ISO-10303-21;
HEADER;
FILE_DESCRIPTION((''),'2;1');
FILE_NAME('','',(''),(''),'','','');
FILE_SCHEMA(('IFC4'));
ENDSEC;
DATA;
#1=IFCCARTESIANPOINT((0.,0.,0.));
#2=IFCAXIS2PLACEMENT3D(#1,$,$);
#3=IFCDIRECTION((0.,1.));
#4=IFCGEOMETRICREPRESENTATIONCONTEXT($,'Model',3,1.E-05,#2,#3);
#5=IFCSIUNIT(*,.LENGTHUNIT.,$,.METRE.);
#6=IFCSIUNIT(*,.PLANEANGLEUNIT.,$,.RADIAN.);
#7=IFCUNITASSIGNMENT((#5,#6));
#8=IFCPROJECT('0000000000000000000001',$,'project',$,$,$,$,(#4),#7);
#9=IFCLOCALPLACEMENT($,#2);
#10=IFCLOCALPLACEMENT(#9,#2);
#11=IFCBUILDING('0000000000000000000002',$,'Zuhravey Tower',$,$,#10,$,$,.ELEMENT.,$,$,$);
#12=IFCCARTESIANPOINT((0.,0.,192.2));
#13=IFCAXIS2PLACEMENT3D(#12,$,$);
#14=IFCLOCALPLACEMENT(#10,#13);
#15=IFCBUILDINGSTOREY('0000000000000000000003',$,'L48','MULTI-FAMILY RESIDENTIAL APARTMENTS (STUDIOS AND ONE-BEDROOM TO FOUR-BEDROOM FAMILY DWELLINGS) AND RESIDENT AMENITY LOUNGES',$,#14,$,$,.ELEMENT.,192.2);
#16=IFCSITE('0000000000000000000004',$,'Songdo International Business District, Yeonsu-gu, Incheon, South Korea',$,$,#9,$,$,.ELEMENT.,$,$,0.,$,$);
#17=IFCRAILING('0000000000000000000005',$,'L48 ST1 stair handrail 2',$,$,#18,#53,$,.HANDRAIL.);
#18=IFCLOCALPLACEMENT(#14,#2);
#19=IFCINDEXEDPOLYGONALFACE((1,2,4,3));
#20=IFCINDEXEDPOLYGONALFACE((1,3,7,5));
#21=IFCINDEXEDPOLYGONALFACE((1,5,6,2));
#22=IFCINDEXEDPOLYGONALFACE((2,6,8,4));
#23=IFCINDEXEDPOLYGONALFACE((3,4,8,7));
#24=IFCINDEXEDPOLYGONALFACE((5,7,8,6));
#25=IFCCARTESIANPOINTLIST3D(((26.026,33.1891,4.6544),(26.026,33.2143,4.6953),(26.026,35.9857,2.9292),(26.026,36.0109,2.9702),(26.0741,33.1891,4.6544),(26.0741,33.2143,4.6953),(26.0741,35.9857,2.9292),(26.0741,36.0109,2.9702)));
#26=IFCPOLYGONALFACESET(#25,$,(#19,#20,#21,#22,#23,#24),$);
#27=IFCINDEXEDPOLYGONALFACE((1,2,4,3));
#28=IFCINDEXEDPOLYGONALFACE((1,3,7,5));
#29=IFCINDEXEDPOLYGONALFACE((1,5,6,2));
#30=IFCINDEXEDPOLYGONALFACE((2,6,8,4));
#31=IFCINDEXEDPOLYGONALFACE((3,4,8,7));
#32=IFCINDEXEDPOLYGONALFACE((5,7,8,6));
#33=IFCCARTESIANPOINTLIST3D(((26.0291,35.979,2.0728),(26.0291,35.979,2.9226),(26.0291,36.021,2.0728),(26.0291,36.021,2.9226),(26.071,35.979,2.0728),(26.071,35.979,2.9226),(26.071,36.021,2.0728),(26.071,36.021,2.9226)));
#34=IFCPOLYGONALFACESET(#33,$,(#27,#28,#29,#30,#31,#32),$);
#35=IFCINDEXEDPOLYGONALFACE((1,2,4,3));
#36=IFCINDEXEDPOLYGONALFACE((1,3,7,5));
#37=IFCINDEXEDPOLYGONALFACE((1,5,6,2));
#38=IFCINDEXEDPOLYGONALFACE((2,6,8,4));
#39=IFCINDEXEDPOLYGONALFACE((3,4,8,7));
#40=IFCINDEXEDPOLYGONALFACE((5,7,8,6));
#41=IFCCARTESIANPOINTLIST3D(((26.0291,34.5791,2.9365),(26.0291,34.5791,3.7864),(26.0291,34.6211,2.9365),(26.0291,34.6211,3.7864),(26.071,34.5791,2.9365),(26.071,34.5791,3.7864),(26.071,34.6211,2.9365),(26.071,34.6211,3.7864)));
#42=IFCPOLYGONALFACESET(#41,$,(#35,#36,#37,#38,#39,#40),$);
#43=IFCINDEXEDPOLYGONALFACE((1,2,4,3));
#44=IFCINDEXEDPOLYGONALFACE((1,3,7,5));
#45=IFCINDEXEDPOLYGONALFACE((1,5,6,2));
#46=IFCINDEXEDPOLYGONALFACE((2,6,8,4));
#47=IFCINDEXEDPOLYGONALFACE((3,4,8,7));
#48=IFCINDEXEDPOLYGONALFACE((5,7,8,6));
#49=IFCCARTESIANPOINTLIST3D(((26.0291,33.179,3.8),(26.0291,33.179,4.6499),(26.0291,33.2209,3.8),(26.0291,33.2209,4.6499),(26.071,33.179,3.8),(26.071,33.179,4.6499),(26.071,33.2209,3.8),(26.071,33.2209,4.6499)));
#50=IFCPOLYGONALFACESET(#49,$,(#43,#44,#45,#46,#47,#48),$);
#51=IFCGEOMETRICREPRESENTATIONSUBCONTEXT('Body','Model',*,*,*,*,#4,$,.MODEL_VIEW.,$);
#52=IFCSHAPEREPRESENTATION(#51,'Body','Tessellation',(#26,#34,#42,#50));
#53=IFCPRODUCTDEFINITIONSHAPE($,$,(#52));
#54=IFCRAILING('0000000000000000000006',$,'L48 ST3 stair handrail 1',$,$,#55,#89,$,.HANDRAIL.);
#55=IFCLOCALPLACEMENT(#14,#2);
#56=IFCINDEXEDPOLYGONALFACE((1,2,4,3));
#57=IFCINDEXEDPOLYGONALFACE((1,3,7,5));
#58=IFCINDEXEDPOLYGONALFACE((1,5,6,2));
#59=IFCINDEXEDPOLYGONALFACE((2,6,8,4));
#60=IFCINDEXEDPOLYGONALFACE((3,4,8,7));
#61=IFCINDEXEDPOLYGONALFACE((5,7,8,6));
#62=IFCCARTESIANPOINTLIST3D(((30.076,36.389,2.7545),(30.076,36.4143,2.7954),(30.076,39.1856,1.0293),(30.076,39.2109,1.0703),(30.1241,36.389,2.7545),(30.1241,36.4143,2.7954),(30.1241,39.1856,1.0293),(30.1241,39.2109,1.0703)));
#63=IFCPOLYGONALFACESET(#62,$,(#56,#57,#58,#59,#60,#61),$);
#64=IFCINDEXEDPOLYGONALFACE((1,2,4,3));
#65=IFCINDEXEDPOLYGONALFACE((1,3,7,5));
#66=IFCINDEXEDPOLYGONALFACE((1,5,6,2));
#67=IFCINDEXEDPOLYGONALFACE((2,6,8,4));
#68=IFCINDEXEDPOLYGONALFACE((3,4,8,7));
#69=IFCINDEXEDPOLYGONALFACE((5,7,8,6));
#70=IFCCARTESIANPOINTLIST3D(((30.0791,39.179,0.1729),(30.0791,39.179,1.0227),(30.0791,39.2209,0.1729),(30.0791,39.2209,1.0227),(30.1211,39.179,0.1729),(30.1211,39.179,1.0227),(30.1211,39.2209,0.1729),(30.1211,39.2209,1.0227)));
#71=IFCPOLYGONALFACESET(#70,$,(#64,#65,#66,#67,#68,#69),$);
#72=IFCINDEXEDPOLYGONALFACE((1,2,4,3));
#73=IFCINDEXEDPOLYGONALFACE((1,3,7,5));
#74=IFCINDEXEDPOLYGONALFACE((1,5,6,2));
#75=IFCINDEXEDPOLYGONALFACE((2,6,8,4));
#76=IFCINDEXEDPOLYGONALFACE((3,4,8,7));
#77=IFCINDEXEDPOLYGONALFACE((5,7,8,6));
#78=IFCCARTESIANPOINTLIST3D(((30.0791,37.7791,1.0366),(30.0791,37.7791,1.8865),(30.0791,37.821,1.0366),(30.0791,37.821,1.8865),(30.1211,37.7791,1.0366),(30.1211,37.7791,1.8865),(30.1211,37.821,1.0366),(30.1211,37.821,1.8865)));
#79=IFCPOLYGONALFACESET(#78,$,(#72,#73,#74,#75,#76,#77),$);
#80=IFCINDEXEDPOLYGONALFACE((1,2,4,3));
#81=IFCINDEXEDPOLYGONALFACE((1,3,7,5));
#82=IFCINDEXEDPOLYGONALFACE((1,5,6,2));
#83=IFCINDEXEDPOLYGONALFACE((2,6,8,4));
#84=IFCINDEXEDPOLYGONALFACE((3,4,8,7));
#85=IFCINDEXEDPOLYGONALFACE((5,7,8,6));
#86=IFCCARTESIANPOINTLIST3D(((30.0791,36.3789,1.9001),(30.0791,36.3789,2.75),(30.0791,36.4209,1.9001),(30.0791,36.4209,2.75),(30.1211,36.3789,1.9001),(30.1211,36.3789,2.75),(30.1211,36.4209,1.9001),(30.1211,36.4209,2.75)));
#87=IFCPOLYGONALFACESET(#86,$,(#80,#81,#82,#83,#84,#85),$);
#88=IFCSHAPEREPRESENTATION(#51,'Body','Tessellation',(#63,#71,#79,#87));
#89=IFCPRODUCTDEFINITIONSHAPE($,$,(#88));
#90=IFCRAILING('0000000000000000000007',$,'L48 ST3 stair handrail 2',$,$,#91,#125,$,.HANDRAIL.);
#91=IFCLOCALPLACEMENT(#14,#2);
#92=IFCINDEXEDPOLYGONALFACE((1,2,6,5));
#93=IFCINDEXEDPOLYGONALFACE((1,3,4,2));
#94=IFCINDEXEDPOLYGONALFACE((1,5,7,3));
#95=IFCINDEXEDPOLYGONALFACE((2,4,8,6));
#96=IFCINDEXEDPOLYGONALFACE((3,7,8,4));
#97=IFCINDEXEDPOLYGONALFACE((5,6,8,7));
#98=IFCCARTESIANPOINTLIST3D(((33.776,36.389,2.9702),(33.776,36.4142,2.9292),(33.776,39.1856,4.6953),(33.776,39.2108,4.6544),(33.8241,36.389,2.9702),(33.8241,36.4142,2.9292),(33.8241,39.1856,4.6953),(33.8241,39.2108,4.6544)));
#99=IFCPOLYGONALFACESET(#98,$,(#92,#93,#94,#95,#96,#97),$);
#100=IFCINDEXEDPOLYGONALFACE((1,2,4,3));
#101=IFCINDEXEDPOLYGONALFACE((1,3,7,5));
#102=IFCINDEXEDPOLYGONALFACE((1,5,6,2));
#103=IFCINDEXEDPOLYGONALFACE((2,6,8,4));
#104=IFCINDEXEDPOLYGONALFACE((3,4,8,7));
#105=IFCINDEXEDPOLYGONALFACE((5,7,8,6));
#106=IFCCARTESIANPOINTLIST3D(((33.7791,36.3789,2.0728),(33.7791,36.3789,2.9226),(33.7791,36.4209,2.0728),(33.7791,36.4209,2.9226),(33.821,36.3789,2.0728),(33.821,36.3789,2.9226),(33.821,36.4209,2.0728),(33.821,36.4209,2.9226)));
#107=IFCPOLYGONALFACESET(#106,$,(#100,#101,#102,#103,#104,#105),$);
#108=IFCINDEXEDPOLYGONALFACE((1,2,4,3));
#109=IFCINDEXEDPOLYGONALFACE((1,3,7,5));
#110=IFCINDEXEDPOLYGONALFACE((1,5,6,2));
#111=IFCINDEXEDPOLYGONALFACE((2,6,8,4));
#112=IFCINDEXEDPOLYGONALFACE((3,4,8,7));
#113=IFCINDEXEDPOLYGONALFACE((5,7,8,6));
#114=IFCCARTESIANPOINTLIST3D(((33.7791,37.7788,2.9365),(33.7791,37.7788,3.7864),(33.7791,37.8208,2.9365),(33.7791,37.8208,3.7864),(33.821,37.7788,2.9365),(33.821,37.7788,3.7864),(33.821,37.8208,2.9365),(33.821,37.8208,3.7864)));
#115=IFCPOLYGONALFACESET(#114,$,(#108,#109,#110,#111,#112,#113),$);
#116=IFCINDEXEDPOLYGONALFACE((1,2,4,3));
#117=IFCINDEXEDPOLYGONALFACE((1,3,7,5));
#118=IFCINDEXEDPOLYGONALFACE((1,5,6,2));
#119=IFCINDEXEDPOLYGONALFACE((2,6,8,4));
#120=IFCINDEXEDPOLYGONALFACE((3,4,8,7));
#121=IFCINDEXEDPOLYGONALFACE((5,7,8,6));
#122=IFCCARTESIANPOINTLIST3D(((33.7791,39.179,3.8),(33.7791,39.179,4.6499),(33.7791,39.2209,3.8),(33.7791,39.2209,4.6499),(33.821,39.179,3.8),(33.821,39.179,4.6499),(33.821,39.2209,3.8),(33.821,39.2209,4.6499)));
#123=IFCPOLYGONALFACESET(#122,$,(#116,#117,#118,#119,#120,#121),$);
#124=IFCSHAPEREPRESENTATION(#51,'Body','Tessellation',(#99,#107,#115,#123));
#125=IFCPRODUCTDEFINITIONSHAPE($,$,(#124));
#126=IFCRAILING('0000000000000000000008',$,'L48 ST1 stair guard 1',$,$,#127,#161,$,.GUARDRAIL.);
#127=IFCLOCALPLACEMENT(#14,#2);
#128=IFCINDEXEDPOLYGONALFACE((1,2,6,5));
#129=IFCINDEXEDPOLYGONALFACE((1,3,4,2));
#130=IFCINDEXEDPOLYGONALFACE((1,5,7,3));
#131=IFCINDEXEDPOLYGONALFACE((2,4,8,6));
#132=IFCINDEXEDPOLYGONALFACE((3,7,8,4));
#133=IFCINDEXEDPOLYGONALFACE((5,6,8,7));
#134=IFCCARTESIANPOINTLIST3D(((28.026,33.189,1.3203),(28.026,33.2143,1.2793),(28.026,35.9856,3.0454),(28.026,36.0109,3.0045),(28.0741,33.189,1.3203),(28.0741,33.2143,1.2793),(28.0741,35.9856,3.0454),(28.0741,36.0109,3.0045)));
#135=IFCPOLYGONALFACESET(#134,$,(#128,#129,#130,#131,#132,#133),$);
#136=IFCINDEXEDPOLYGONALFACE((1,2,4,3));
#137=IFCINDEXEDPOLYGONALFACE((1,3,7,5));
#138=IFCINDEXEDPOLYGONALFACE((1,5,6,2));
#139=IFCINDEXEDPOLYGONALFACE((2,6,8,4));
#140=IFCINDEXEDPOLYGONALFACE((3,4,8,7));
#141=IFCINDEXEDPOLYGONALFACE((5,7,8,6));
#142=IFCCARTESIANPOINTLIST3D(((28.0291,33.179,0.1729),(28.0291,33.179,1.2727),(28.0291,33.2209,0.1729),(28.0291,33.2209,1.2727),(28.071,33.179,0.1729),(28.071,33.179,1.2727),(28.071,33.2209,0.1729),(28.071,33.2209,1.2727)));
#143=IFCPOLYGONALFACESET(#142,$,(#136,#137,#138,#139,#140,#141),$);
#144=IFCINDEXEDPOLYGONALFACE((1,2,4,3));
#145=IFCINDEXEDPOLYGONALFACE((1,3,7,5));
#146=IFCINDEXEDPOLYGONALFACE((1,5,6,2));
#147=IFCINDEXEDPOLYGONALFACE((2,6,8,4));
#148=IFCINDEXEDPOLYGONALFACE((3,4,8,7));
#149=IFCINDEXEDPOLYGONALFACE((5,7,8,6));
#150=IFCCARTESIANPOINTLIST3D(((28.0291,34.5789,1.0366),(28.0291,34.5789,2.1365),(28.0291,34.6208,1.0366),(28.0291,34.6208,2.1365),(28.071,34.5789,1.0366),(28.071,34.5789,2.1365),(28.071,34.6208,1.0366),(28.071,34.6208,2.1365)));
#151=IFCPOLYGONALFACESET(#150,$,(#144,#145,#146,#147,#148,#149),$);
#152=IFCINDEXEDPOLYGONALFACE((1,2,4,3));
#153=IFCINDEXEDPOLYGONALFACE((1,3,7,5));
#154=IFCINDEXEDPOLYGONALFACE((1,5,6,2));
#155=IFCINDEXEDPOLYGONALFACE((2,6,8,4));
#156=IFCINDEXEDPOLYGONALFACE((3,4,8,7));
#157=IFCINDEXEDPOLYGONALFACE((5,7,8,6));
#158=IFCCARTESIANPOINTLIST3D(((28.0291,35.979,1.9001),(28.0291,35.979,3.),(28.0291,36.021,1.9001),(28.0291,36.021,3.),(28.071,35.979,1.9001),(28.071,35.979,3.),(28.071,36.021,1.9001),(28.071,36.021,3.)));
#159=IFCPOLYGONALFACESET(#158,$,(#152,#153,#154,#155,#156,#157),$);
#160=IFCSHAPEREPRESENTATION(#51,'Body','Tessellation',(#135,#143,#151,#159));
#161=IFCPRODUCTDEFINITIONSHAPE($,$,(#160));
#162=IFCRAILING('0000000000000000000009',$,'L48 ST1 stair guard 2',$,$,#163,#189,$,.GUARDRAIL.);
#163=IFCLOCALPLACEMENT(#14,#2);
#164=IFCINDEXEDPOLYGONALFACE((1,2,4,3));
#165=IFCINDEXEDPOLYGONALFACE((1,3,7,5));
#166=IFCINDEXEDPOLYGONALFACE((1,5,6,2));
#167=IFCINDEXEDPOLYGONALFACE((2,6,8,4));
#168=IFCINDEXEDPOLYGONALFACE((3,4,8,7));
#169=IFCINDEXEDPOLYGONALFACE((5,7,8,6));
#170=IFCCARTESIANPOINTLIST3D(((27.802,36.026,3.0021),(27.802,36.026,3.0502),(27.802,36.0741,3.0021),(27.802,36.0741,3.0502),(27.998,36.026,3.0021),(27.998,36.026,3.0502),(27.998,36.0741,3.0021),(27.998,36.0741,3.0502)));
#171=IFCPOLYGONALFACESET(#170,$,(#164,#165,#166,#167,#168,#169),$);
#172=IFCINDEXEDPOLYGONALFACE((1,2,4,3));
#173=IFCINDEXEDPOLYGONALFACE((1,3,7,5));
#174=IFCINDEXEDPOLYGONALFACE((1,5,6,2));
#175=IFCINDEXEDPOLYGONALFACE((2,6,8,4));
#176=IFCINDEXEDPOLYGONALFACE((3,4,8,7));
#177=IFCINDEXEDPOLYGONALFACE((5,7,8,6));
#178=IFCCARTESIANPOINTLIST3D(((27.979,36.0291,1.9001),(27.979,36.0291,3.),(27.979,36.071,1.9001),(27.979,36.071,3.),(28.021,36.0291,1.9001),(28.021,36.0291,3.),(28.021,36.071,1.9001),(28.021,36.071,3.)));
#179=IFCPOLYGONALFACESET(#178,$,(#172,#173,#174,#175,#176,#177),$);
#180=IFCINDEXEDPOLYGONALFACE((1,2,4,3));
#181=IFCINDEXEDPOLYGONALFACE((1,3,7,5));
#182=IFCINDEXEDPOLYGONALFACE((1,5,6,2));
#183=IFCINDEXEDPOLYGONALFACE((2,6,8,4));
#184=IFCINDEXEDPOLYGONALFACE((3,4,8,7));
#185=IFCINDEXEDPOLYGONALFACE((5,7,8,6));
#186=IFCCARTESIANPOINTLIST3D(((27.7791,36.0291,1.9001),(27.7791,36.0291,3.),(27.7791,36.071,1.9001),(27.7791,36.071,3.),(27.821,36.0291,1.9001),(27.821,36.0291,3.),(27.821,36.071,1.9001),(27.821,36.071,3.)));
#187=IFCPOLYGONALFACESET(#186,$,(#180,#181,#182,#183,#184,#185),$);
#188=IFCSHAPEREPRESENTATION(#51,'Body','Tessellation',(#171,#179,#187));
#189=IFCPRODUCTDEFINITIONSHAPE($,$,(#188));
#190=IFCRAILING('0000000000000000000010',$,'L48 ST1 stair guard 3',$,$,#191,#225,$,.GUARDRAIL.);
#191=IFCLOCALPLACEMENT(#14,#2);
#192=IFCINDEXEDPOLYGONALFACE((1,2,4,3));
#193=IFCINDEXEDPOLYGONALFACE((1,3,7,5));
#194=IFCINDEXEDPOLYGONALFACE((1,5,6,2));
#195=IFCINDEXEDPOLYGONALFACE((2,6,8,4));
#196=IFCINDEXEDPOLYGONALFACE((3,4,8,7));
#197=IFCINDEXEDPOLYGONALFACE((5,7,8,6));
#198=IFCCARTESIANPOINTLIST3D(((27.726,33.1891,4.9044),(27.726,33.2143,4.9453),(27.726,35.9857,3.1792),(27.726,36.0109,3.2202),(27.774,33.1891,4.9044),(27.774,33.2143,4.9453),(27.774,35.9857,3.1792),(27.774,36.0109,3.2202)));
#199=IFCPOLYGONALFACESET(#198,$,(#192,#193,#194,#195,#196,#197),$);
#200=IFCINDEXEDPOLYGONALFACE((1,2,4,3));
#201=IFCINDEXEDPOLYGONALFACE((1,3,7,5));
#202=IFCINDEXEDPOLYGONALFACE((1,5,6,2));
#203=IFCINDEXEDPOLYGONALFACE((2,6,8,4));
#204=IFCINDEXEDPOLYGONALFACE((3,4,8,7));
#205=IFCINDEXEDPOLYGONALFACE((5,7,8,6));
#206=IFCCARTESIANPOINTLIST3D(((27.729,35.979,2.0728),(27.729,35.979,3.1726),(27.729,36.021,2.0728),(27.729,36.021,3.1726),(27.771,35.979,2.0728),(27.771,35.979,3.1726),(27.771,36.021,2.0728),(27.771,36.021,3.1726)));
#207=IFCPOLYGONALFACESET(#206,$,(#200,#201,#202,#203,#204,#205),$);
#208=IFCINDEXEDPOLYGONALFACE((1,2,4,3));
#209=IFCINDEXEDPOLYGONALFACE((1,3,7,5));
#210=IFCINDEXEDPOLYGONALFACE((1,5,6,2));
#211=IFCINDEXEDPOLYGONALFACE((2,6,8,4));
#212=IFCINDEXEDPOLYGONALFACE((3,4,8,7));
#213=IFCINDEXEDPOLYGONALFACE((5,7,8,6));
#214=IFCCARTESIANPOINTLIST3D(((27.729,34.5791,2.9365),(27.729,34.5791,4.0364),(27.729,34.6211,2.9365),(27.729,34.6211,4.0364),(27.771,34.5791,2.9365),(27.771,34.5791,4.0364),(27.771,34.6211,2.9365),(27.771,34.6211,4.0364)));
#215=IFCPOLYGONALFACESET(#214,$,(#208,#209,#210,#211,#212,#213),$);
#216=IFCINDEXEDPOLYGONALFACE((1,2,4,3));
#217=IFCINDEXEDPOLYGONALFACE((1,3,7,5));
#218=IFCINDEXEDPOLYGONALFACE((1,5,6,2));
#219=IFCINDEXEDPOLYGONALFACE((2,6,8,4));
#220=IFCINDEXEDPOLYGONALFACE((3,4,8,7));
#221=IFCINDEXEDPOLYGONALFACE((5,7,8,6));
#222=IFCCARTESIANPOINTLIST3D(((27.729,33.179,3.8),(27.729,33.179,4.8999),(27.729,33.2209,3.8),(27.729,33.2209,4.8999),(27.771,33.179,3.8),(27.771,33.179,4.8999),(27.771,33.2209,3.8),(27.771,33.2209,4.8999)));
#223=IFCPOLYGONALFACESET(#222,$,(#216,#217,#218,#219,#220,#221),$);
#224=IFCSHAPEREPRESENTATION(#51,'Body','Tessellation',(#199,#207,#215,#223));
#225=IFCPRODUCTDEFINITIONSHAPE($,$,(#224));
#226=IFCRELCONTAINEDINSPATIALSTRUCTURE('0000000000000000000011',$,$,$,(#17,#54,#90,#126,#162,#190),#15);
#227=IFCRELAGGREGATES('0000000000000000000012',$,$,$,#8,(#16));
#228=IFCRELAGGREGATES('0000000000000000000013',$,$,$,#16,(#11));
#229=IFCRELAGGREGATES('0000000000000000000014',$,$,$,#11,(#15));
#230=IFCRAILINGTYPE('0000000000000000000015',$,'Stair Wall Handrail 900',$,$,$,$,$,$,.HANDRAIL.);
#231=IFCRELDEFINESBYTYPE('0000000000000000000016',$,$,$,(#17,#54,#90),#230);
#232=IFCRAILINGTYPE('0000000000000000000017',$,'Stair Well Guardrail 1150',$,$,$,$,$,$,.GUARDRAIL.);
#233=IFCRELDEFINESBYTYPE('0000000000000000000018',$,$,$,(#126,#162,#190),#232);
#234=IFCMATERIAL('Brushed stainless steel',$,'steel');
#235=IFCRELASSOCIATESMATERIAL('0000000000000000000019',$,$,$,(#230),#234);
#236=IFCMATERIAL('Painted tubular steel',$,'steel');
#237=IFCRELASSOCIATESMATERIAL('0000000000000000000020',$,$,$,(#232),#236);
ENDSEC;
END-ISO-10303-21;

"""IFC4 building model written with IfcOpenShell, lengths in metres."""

from ifc_helpers import new_model, si_unit, direction, frame, origin, origin_2d, place, context, subcontext, project, spatial, rectangle, extrude, material, type_object, element, save


model = new_model("IFC4")

# Units and contexts
model_context = context("Model", 3, precision=1e-05, world=origin(), true_north=direction((0.0, 1.0)))
body_context = subcontext(model_context, "Body", "Model", "MODEL_VIEW")
ifc_project = project(units=[si_unit("LENGTHUNIT", "METRE"), si_unit("PLANEANGLEUNIT", "RADIAN")], contexts=[model_context])

# Site, building, storey
site_placement = place(None, origin())
site = spatial("IfcSite", under=ifc_project, at=site_placement, Name="Songdo International Business District, Yeonsu-gu, Incheon, South Korea", CompositionType="ELEMENT", RefElevation=0.0)
building_placement = place(site_placement, origin())
building = spatial("IfcBuilding", under=site, at=building_placement, Name="Zuhravey Tower", CompositionType="ELEMENT")
storey_placement = place(building_placement, frame((0.0, 0.0, 192.2)))
storey = spatial("IfcBuildingStorey", under=building, at=storey_placement, Name="L48", Description="MULTI-FAMILY RESIDENTIAL APARTMENTS (STUDIOS AND ONE-BEDROOM TO FOUR-BEDROOM FAMILY DWELLINGS) AND RESIDENT AMENITY LOUNGES", CompositionType="ELEMENT", Elevation=192.2)

# Railings
ifc_material_1 = material(Name="Brushed stainless steel", Category="steel")
railing_type_1 = type_object("IfcRailingType", Name="Stair Wall Handrail 900", PredefinedType="HANDRAIL", material=ifc_material_1)
for number, where, name in (
    (1, (26.05, 36.0, 2.0728), "L48 ST1 stair handrail 2"),
    (2, (30.1001, 39.2, 0.1729), "L48 ST3 stair handrail 1"),
):
    element("IfcRailing", number, at=place(storey_placement, frame(where)), inside=storey, type_object=railing_type_1, Name=name, PredefinedType="HANDRAIL", context=body_context, shape_type="SweptSolid", body=[
        extrude(rectangle(XDim=0.0481, YDim=0.0481, at=origin_2d()), frame((0.0, -0.0017, 0.877), z_axis=(0.0, -0.85109, 0.52502), x_axis=(1.0, 0.0, 0.0)), (0.0, 0.0, 1.0), 3.2859),
        extrude(rectangle(XDim=0.042, YDim=0.042, at=origin_2d()), origin(), (0.0, 0.0, 1.0), 0.8499),
        extrude(rectangle(XDim=0.042, YDim=0.042, at=origin_2d()), frame((0.0, -1.3999, 0.8638)), (0.0, 0.0, 1.0), 0.8499),
        extrude(rectangle(XDim=0.042, YDim=0.042, at=origin_2d()), frame((0.0, -2.8, 1.7273)), (0.0, 0.0, 1.0), 0.8499),
    ])
railing_1_placement = place(storey_placement, frame((33.8, 36.3999, 2.0728)))
element("IfcRailing", 3, at=railing_1_placement, inside=storey, type_object=railing_type_1, Name="L48 ST3 stair handrail 2", PredefinedType="HANDRAIL", context=body_context, shape_type="SweptSolid", body=[
    extrude(rectangle(XDim=0.0481, YDim=0.0481, at=origin_2d()), frame((0.0, 0.0017, 0.877), z_axis=(0.0, 0.85109, 0.52502), x_axis=(-1.0, 0.0, 0.0)), (0.0, 0.0, 1.0), 3.2859),
    extrude(rectangle(XDim=0.042, YDim=0.042, at=origin_2d()), origin(), (0.0, 0.0, 1.0), 0.8499),
    extrude(rectangle(XDim=0.042, YDim=0.042, at=origin_2d()), frame((0.0, 1.3999, 0.8638)), (0.0, 0.0, 1.0), 0.8499),
    extrude(rectangle(XDim=0.042, YDim=0.042, at=origin_2d()), frame((0.0, 2.8, 1.7273)), (0.0, 0.0, 1.0), 0.8499),
])
ifc_material_2 = material(Name="Painted tubular steel", Category="steel")
railing_type_2 = type_object("IfcRailingType", Name="Stair Well Guardrail 1150", PredefinedType="GUARDRAIL", material=ifc_material_2)
railing_2_placement = place(storey_placement, frame((28.05, 33.2, 0.1729)))
element("IfcRailing", 4, at=railing_2_placement, inside=storey, type_object=railing_type_2, Name="L48 ST1 stair guard 1", PredefinedType="GUARDRAIL", context=body_context, shape_type="SweptSolid", body=[
    extrude(rectangle(XDim=0.0481, YDim=0.0481, at=origin_2d()), frame((0.0, 0.0017, 1.127), z_axis=(0.0, 0.85109, 0.52502), x_axis=(-1.0, 0.0, 0.0)), (0.0, 0.0, 1.0), 3.2859),
    extrude(rectangle(XDim=0.042, YDim=0.042, at=origin_2d()), origin(), (0.0, 0.0, 1.0), 1.0999),
    extrude(rectangle(XDim=0.042, YDim=0.042, at=origin_2d()), frame((0.0, 1.3999, 0.8638)), (0.0, 0.0, 1.0), 1.0999),
    extrude(rectangle(XDim=0.042, YDim=0.042, at=origin_2d()), frame((0.0, 2.8, 1.7273)), (0.0, 0.0, 1.0), 1.0999),
])
railing_3_placement = place(storey_placement, frame((28.0, 36.05, 1.9001)))
element("IfcRailing", 5, at=railing_3_placement, inside=storey, type_object=railing_type_2, Name="L48 ST1 stair guard 2", PredefinedType="GUARDRAIL", context=body_context, shape_type="SweptSolid", body=[
    extrude(rectangle(XDim=0.0481, YDim=0.0481, at=origin_2d()), frame((-0.002, 0.0, 1.126), z_axis=(-1.0, 0.0, 0.0), x_axis=(0.0, -1.0, 0.0)), (0.0, 0.0, 1.0), 0.196),
    extrude(rectangle(XDim=0.042, YDim=0.042, at=origin_2d()), origin(), (0.0, 0.0, 1.0), 1.0999),
    extrude(rectangle(XDim=0.042, YDim=0.042, at=origin_2d()), frame((-0.2, 0.0, 0.0)), (0.0, 0.0, 1.0), 1.0999),
])
railing_4_placement = place(storey_placement, frame((27.75, 36.0, 2.0728)))
element("IfcRailing", 6, at=railing_4_placement, inside=storey, type_object=railing_type_2, Name="L48 ST1 stair guard 3", PredefinedType="GUARDRAIL", context=body_context, shape_type="SweptSolid", body=[
    extrude(rectangle(XDim=0.0481, YDim=0.0481, at=origin_2d()), frame((0.0, -0.0017, 1.127), z_axis=(0.0, -0.85109, 0.52502), x_axis=(1.0, 0.0, 0.0)), (0.0, 0.0, 1.0), 3.2859),
    extrude(rectangle(XDim=0.042, YDim=0.042, at=origin_2d()), origin(), (0.0, 0.0, 1.0), 1.0999),
    extrude(rectangle(XDim=0.042, YDim=0.042, at=origin_2d()), frame((0.0, -1.3999, 0.8638)), (0.0, 0.0, 1.0), 1.0999),
    extrude(rectangle(XDim=0.042, YDim=0.042, at=origin_2d()), frame((0.0, -2.8, 1.7273)), (0.0, 0.0, 1.0), 1.0999),
])

save(model, "model.ifc")
